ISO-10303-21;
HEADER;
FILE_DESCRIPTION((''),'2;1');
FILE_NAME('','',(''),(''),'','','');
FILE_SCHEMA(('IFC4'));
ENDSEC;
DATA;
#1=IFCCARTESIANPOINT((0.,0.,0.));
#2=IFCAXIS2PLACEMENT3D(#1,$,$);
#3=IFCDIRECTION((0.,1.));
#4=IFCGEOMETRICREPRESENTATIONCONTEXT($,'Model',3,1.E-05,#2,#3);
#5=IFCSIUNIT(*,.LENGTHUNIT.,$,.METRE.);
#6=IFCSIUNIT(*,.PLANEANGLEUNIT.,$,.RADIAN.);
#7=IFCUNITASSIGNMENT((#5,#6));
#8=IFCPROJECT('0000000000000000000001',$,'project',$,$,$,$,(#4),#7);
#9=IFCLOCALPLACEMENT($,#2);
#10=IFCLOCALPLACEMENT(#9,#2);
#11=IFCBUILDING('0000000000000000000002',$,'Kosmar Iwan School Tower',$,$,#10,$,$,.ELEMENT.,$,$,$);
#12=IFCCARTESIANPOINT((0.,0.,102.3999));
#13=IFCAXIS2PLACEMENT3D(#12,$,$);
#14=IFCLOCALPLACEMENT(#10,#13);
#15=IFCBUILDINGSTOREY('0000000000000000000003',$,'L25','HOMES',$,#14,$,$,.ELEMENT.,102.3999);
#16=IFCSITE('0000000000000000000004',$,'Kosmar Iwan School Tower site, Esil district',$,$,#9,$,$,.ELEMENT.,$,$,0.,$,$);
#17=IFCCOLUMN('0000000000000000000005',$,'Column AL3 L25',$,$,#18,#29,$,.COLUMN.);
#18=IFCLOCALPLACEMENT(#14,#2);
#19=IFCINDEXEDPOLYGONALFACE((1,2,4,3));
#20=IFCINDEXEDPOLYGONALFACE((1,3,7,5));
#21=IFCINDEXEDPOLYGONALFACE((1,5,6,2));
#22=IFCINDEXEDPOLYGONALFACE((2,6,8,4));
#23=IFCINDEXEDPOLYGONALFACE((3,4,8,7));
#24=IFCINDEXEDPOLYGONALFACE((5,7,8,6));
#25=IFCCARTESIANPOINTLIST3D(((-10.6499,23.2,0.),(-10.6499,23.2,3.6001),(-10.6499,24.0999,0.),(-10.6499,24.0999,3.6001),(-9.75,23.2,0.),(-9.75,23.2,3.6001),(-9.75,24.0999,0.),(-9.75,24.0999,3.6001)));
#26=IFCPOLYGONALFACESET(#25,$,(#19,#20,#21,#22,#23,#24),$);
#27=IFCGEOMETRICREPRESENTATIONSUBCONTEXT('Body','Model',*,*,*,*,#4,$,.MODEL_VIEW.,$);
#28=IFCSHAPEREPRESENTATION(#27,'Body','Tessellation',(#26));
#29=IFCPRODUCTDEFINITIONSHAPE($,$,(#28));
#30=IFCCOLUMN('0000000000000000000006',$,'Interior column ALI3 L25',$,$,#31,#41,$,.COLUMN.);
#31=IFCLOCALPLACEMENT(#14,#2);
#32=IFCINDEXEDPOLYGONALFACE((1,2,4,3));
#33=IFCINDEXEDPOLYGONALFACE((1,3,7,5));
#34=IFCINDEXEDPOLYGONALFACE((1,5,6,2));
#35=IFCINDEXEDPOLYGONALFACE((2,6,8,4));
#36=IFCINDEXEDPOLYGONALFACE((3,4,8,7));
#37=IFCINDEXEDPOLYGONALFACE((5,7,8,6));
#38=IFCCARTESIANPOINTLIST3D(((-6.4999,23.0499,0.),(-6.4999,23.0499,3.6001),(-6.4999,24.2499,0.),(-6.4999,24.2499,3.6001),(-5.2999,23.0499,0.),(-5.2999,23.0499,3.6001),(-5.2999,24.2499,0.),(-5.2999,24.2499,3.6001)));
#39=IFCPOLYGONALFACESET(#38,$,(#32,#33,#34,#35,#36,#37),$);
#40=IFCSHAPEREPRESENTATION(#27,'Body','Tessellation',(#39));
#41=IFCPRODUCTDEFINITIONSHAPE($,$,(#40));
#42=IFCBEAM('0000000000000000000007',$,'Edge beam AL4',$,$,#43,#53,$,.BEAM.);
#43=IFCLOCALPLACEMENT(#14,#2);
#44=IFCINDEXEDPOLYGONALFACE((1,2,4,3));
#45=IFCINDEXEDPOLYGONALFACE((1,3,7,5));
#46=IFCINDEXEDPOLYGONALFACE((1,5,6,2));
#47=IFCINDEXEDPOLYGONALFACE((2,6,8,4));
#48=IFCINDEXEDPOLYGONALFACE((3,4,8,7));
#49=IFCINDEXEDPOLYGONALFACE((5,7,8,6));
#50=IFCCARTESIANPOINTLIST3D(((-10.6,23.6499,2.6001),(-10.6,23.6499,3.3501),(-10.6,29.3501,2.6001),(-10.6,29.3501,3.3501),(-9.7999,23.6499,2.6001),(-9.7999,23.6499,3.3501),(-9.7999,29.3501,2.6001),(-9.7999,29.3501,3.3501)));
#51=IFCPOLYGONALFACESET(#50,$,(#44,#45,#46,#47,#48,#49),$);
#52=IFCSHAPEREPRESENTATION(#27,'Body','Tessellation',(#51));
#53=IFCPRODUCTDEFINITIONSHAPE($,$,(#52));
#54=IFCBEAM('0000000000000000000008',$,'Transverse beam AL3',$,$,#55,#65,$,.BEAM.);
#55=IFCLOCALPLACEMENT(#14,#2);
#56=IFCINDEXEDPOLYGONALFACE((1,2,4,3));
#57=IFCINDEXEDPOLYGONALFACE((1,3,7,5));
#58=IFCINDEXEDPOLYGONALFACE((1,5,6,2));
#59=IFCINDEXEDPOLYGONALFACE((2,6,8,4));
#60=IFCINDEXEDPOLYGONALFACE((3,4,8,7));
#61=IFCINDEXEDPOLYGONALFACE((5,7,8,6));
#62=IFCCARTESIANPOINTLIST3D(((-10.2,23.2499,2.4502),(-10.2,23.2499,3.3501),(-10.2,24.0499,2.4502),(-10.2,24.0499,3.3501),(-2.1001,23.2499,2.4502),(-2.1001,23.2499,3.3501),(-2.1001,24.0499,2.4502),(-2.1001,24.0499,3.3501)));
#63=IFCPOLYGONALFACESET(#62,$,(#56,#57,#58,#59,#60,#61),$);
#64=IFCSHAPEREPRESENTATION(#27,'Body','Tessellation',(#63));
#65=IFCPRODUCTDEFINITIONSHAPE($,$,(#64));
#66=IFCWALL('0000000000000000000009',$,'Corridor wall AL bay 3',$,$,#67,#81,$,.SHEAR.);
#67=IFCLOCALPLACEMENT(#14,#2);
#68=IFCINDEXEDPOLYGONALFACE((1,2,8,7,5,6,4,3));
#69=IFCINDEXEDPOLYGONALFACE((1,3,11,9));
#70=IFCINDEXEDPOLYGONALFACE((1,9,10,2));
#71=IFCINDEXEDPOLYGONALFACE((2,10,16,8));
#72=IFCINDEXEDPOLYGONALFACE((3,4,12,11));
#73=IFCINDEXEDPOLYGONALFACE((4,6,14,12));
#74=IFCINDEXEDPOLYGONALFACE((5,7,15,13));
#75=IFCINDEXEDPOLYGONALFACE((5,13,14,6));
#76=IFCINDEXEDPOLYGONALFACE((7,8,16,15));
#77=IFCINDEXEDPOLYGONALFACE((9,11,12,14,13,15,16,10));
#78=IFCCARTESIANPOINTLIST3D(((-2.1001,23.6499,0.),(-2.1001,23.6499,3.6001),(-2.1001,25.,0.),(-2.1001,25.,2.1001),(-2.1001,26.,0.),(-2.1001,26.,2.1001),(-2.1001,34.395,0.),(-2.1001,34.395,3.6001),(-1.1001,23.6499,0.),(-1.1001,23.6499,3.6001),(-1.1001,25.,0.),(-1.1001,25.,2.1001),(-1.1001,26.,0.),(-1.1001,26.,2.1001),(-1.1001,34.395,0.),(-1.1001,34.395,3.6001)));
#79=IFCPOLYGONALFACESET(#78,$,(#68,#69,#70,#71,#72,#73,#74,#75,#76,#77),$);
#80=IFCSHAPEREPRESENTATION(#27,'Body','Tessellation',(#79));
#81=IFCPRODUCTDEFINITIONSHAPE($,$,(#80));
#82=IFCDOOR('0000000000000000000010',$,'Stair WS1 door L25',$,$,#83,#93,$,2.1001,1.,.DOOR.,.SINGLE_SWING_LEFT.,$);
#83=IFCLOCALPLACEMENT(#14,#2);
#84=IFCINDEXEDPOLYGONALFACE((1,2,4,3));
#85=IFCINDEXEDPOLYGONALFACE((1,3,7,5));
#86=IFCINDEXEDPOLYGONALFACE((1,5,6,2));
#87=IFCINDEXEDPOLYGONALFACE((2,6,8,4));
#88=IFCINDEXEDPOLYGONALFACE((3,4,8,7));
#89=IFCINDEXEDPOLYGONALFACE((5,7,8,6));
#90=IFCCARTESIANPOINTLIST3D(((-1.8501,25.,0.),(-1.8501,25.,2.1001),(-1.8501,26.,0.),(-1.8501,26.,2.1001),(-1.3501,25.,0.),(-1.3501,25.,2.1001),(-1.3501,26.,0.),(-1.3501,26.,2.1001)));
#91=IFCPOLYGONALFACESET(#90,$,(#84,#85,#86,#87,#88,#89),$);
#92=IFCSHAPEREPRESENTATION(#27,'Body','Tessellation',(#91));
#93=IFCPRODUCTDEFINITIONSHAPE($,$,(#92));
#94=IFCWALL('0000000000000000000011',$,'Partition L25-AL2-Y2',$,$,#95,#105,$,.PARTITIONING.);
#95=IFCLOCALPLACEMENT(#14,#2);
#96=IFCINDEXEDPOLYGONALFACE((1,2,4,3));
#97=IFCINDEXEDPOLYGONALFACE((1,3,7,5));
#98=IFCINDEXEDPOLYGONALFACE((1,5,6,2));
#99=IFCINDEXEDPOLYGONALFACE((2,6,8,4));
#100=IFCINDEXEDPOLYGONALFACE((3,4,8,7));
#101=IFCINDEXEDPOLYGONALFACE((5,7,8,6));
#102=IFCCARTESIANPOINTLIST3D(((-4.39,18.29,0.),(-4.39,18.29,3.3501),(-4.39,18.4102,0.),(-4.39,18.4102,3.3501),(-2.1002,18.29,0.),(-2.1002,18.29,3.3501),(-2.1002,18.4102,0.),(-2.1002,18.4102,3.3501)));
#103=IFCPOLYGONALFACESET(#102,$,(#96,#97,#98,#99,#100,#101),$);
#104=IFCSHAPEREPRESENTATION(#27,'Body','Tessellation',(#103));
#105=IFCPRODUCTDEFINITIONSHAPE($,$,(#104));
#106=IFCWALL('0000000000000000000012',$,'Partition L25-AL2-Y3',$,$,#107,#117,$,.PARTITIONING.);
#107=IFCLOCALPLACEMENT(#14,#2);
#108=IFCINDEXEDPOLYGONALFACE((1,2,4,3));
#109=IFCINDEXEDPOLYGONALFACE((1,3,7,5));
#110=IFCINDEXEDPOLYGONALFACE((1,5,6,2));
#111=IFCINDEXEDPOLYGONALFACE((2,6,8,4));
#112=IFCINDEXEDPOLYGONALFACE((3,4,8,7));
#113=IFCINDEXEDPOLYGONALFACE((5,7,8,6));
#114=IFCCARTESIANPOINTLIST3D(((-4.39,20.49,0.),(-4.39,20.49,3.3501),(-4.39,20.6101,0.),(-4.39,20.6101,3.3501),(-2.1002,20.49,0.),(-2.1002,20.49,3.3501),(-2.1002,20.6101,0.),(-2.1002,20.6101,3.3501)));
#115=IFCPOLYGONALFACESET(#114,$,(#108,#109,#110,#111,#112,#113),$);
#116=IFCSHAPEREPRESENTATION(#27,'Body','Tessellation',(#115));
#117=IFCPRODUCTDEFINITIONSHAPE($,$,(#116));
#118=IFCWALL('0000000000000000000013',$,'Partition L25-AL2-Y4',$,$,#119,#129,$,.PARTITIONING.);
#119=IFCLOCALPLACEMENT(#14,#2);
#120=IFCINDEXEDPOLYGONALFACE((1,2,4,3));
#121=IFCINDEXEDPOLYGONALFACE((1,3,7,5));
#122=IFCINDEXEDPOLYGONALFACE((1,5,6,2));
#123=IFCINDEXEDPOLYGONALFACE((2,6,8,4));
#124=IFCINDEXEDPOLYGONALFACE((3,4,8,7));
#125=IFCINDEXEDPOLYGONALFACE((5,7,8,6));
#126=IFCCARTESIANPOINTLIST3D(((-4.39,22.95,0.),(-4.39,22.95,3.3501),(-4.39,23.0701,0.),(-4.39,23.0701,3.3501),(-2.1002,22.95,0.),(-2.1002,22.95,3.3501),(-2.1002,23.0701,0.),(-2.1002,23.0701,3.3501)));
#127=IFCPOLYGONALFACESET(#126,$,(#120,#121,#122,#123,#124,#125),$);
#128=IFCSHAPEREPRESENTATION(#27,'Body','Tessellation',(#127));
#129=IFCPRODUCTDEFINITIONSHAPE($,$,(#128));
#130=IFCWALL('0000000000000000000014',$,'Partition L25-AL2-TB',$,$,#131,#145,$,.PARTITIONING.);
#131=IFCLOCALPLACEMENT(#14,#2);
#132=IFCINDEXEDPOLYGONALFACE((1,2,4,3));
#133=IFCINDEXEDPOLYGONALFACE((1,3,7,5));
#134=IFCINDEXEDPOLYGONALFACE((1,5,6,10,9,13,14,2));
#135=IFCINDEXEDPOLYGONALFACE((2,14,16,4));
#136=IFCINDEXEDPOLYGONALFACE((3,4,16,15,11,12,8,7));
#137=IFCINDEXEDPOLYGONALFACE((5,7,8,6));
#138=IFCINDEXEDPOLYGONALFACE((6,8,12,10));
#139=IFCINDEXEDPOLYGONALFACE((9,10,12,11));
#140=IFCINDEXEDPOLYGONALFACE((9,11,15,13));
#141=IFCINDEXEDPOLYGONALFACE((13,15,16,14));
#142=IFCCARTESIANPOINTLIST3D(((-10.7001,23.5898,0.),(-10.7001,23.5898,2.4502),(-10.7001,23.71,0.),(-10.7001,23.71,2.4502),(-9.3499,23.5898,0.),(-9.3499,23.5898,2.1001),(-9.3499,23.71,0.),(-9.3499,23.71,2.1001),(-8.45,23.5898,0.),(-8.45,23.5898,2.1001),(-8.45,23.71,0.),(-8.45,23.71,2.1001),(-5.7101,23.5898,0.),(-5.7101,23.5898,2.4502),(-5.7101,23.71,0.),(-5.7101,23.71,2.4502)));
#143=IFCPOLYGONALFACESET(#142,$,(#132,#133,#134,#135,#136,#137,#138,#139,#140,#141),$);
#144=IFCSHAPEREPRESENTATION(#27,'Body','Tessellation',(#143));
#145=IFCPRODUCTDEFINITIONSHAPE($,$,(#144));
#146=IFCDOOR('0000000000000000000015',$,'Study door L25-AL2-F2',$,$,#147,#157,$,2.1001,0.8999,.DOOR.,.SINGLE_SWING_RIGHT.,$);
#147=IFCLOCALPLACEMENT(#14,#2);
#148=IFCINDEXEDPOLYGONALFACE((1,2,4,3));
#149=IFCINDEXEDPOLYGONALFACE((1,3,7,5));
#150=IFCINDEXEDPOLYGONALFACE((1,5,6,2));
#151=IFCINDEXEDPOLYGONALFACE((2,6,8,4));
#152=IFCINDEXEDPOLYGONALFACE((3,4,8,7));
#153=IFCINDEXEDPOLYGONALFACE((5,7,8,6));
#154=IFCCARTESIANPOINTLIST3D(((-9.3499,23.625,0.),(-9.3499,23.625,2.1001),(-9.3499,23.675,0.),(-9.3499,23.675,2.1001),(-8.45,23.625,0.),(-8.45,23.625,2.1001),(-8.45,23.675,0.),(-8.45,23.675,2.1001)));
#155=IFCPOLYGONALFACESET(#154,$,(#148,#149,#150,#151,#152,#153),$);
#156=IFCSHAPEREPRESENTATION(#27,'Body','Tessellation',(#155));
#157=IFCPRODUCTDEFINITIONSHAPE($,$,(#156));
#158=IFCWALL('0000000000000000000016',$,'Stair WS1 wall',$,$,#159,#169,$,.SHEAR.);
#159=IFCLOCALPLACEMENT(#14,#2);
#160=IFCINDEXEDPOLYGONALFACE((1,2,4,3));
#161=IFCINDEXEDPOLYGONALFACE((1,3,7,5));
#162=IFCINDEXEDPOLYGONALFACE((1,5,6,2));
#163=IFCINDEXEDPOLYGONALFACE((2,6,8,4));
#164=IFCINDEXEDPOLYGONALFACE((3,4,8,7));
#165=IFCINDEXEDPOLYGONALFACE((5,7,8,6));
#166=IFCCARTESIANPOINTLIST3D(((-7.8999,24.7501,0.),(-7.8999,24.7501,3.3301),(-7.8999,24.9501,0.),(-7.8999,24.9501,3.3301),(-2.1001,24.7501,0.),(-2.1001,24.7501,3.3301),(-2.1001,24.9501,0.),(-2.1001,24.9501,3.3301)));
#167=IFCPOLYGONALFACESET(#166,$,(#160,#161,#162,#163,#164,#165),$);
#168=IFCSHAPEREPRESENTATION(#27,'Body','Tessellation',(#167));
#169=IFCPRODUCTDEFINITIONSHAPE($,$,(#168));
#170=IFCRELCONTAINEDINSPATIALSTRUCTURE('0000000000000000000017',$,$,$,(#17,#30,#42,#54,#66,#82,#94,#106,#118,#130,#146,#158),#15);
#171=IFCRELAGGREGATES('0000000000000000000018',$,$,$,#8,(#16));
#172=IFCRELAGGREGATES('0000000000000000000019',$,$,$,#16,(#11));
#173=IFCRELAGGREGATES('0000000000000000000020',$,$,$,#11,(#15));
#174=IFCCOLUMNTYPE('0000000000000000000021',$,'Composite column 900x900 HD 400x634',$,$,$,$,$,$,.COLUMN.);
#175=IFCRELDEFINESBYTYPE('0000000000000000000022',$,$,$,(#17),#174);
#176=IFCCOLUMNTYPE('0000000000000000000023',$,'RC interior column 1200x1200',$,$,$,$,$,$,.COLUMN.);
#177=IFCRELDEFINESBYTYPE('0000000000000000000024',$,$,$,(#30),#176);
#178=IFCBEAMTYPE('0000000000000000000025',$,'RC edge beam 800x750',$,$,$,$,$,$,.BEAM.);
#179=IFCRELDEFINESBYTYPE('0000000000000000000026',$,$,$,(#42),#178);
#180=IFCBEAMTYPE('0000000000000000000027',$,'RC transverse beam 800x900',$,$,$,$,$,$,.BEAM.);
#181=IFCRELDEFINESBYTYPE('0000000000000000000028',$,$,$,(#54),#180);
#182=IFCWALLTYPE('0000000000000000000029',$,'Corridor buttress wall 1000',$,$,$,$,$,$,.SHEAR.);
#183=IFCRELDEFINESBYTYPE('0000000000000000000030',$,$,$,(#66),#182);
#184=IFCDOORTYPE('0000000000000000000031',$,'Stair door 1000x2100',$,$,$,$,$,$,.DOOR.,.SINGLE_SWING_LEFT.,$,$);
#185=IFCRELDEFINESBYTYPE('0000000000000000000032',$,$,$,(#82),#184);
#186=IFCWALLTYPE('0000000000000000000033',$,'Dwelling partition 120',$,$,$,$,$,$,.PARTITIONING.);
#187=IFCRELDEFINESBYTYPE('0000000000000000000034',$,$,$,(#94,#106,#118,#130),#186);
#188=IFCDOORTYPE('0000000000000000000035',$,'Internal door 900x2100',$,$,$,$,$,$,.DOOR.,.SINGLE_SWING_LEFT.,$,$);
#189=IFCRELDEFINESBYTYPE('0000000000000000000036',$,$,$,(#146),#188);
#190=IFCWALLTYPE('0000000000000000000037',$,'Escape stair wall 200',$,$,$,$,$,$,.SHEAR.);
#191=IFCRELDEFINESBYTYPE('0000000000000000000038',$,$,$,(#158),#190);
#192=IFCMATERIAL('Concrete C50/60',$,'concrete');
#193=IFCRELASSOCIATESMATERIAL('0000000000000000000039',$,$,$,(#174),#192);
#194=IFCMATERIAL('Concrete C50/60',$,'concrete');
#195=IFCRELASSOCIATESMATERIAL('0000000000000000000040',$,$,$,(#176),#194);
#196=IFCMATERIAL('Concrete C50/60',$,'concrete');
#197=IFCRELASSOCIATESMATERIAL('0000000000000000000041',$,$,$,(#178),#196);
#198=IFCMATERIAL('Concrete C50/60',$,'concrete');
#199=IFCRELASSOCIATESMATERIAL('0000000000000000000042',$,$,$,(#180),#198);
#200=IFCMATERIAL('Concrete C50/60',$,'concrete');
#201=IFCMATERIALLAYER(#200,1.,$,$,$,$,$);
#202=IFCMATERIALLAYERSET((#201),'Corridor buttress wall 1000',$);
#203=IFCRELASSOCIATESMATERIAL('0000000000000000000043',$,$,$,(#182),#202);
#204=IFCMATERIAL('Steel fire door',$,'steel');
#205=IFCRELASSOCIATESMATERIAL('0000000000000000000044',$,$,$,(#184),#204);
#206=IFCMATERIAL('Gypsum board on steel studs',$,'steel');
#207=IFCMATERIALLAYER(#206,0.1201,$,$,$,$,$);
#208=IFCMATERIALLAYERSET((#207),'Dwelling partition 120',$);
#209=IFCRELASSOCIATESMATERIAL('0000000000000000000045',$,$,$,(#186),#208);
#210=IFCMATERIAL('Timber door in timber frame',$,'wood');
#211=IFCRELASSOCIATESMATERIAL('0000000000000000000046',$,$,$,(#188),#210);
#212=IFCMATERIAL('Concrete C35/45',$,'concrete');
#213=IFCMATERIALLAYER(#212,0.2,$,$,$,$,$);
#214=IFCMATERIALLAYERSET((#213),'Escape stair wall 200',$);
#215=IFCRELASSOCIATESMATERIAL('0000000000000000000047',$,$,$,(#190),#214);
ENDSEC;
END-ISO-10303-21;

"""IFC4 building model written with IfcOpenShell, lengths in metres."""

from ifc_helpers import new_model, si_unit, direction, frame, frame_2d, origin, origin_2d, place, context, subcontext, project, spatial, rectangle, extrude, material, layer, layer_set, material_profile, profile_set, type_object, element, fill, save


model = new_model("IFC4")

# Units and contexts
model_context = context("Model", 3, precision=1e-05, world=origin(), true_north=direction((0.0, 1.0)))
body_context = subcontext(model_context, "Body", "Model", "MODEL_VIEW")
ifc_project = project(units=[si_unit("LENGTHUNIT", "METRE"), si_unit("PLANEANGLEUNIT", "RADIAN")], contexts=[model_context])

# Site, building, storey
site_placement = place(None, origin())
site = spatial("IfcSite", under=ifc_project, at=site_placement, Name="Kosmar Iwan School Tower site, Esil district", CompositionType="ELEMENT", RefElevation=0.0)
building_placement = place(site_placement, origin())
building = spatial("IfcBuilding", under=site, at=building_placement, Name="Kosmar Iwan School Tower", CompositionType="ELEMENT")
storey_placement = place(building_placement, frame((0.0, 0.0, 102.3999)))
storey = spatial("IfcBuildingStorey", under=building, at=storey_placement, Name="L25", Description="HOMES", CompositionType="ELEMENT", Elevation=102.3999)

# Columns
ifc_material_1 = material(Name="Concrete C50/60", Category="concrete")
ifc_material_profile_1 = material_profile(ifc_material_1, rectangle(XDim=0.8999, YDim=0.8999, at=origin_2d()), Name="RC 900x900 + HD 400x634")
ifc_profile_set_1 = profile_set([ifc_material_profile_1], Name="Concrete C50/60")
column_type_1 = type_object("IfcColumnType", Name="Composite column 900x900 HD 400x634", PredefinedType="COLUMN", material=ifc_profile_set_1)
column_1_placement = place(storey_placement, frame((-10.2, 23.6499, 0.0), z_axis=(0.0, 0.0, 1.0), x_axis=(0.0, 1.0, 0.0)))
element("IfcColumn", 1, at=column_1_placement, inside=storey, type_object=column_type_1, Name="Column AL3 L25", PredefinedType="COLUMN", context=body_context, shape_type="SweptSolid", body=[
    extrude(rectangle(XDim=0.8999, YDim=0.8999, at=origin_2d()), origin(), (0.0, 0.0, 1.0), 3.6001),
])
ifc_material_2 = material(Name="Concrete C50/60", Category="concrete")
ifc_material_profile_2 = material_profile(ifc_material_2, rectangle(XDim=1.2, YDim=1.2, at=origin_2d()), Name="RC 1200x1200")
ifc_profile_set_2 = profile_set([ifc_material_profile_2], Name="Concrete C50/60")
column_type_2 = type_object("IfcColumnType", Name="RC interior column 1200x1200", PredefinedType="COLUMN", material=ifc_profile_set_2)
column_2_placement = place(storey_placement, frame((-5.8999, 23.6499, 0.0), z_axis=(0.0, 0.0, 1.0), x_axis=(0.0, 1.0, 0.0)))
element("IfcColumn", 2, at=column_2_placement, inside=storey, type_object=column_type_2, Name="Interior column ALI3 L25", PredefinedType="COLUMN", context=body_context, shape_type="SweptSolid", body=[
    extrude(rectangle(XDim=1.2, YDim=1.2, at=origin_2d()), origin(), (0.0, 0.0, 1.0), 3.6001),
])

# Beams
ifc_material_3 = material(Name="Concrete C50/60", Category="concrete")
ifc_material_profile_3 = material_profile(ifc_material_3, rectangle(XDim=0.8, YDim=0.75, at=origin_2d()), Name="RC 800x750")
ifc_profile_set_3 = profile_set([ifc_material_profile_3], Name="Concrete C50/60")
beam_type_1 = type_object("IfcBeamType", Name="RC edge beam 800x750", PredefinedType="BEAM", material=ifc_profile_set_3)
beam_1_placement = place(storey_placement, frame((-10.2, 23.6499, 2.9751), z_axis=(0.0, 1.0, 0.0), x_axis=(-1.0, 0.0, 0.0)))
element("IfcBeam", 3, at=beam_1_placement, inside=storey, type_object=beam_type_1, Name="Edge beam AL4", PredefinedType="BEAM", context=body_context, shape_type="SweptSolid", body=[
    extrude(rectangle(XDim=0.8, YDim=0.75, at=origin_2d()), origin(), (0.0, 0.0, 1.0), 5.7002),
])
ifc_material_4 = material(Name="Concrete C50/60", Category="concrete")
ifc_material_profile_4 = material_profile(ifc_material_4, rectangle(XDim=0.8, YDim=0.8999, at=origin_2d()), Name="RC 800x900")
ifc_profile_set_4 = profile_set([ifc_material_profile_4], Name="Concrete C50/60")
beam_type_2 = type_object("IfcBeamType", Name="RC transverse beam 800x900", PredefinedType="BEAM", material=ifc_profile_set_4)
beam_2_placement = place(storey_placement, frame((-10.2, 23.6499, 2.9001), z_axis=(1.0, 0.0, 0.0), x_axis=(0.0, 1.0, 0.0)))
element("IfcBeam", 4, at=beam_2_placement, inside=storey, type_object=beam_type_2, Name="Transverse beam AL3", PredefinedType="BEAM", context=body_context, shape_type="SweptSolid", body=[
    extrude(rectangle(XDim=0.8, YDim=0.8999, at=origin_2d()), origin(), (0.0, 0.0, 1.0), 8.0999),
])

# Wall, opening, door
ifc_material_5 = material(Name="Concrete C50/60", Category="concrete")
ifc_layer_1 = layer(ifc_material_5, 1.0)
ifc_layer_set_1 = layer_set([ifc_layer_1], Name="Corridor buttress wall 1000")
wall_type_1 = type_object("IfcWallType", Name="Corridor buttress wall 1000", PredefinedType="SHEAR", material=ifc_layer_set_1)
wall_1_placement = place(storey_placement, frame((-1.6001, 23.6499, 0.0), z_axis=(0.0, 0.0, 1.0), x_axis=(0.0, 1.0, 0.0)))
wall_1 = element("IfcWall", 5, at=wall_1_placement, inside=storey, type_object=wall_type_1, Name="Corridor wall AL bay 3", PredefinedType="SHEAR", context=body_context, shape_type="SweptSolid", body=[
    extrude(rectangle(XDim=10.7451, YDim=1.0, at=frame_2d((5.3726, 0.0))), origin(), (0.0, 0.0, 1.0), 3.6001),
])
opening_1_placement = place(wall_1_placement, frame((1.3501, 0.0, 0.0)))
opening_1 = element("IfcOpeningElement", 6, at=opening_1_placement, cuts=wall_1, PredefinedType="OPENING", context=body_context, shape_type="SweptSolid", body=[
    extrude(rectangle(XDim=1.0, YDim=2.1001, at=frame_2d((0.5, 1.05))), frame((0.0, 0.512, 0.0), z_axis=(0.0, -1.0, 0.0), x_axis=(1.0, 0.0, 0.0)), (0.0, 0.0, 1.0), 1.0239),
])
ifc_material_6 = material(Name="Steel fire door", Category="steel")
door_type_1 = type_object("IfcDoorType", Name="Stair door 1000x2100", OperationType="SINGLE_SWING_LEFT", PredefinedType="DOOR", material=ifc_material_6)
door_1_placement = place(opening_1_placement, origin())
door_1 = element("IfcDoor", 7, at=door_1_placement, inside=storey, type_object=door_type_1, Name="Stair WS1 door L25", OperationType="SINGLE_SWING_LEFT", OverallHeight=2.1001, OverallWidth=1.0, PredefinedType="DOOR", context=body_context, shape_type="SweptSolid", body=[
    extrude(rectangle(XDim=1.0, YDim=2.1001, at=frame_2d((0.5, 1.05))), frame((0.0, 0.25, 0.0), z_axis=(0.0, -1.0, 0.0), x_axis=(1.0, 0.0, 0.0)), (0.0, 0.0, 1.0), 0.5),
])
fill(opening_1, door_1)

# Walls
ifc_material_7 = material(Name="Gypsum board on steel studs", Category="steel")
ifc_layer_2 = layer(ifc_material_7, 0.1201)
ifc_layer_set_2 = layer_set([ifc_layer_2], Name="Dwelling partition 120")
wall_type_2 = type_object("IfcWallType", Name="Dwelling partition 120", PredefinedType="PARTITIONING", material=ifc_layer_set_2)
for number, where, z_axis, x_axis, name in (
    (8, (-2.1001, 18.3501, 0.0), (0.0, 0.0, 1.0), (-1.0, 0.0, 0.0), "Partition L25-AL2-Y2"),
    (9, (-2.1001, 20.55, 0.0), (0.0, 0.0, 1.0), (-1.0, 0.0, 0.0), "Partition L25-AL2-Y3"),
    (10, (-2.1001, 23.01, 0.0), (0.0, 0.0, 1.0), (-1.0, 0.0, 0.0), "Partition L25-AL2-Y4"),
):
    element("IfcWall", number, at=place(storey_placement, frame(where, z_axis=z_axis, x_axis=x_axis)), inside=storey, type_object=wall_type_2, Name=name, PredefinedType="PARTITIONING", context=body_context, shape_type="SweptSolid", body=[
        extrude(rectangle(XDim=2.2898, YDim=0.1201, at=frame_2d((1.145, 0.0))), origin(), (0.0, 0.0, 1.0), 3.3501),
    ])

# Wall, opening, door
wall_2_placement = place(storey_placement, frame((-5.71, 23.6499, 0.0), z_axis=(0.0, 0.0, 1.0), x_axis=(-1.0, 0.0, 0.0)))
wall_2 = element("IfcWall", 11, at=wall_2_placement, inside=storey, type_object=wall_type_2, Name="Partition L25-AL2-TB", PredefinedType="PARTITIONING", context=body_context, shape_type="SweptSolid", body=[
    extrude(rectangle(XDim=4.99, YDim=0.1201, at=frame_2d((2.4951, 0.0))), origin(), (0.0, 0.0, 1.0), 2.4502),
])
opening_2_placement = place(wall_2_placement, frame((2.74, 0.0, 0.0)))
opening_2 = element("IfcOpeningElement", 12, at=opening_2_placement, cuts=wall_2, PredefinedType="OPENING", context=body_context, shape_type="SweptSolid", body=[
    extrude(rectangle(XDim=0.8999, YDim=2.1001, at=frame_2d((0.45, 1.05))), frame((0.0, 0.072, 0.0), z_axis=(0.0, -1.0, 0.0), x_axis=(1.0, 0.0, 0.0)), (0.0, 0.0, 1.0), 0.144),
])
ifc_material_8 = material(Name="Timber door in timber frame", Category="wood")
door_type_2 = type_object("IfcDoorType", Name="Internal door 900x2100", OperationType="SINGLE_SWING_LEFT", PredefinedType="DOOR", material=ifc_material_8)
door_2_placement = place(opening_2_placement, origin())
door_2 = element("IfcDoor", 13, at=door_2_placement, inside=storey, type_object=door_type_2, Name="Study door L25-AL2-F2", OperationType="SINGLE_SWING_RIGHT", OverallHeight=2.1001, OverallWidth=0.8999, PredefinedType="DOOR", context=body_context, shape_type="SweptSolid", body=[
    extrude(rectangle(XDim=0.8999, YDim=2.1001, at=frame_2d((0.45, 1.05))), frame((0.0, 0.0249, 0.0), z_axis=(0.0, -1.0, 0.0), x_axis=(1.0, 0.0, 0.0)), (0.0, 0.0, 1.0), 0.05),
])
fill(opening_2, door_2)

# Wall
ifc_material_9 = material(Name="Concrete C35/45", Category="concrete")
ifc_layer_3 = layer(ifc_material_9, 0.2)
ifc_layer_set_3 = layer_set([ifc_layer_3], Name="Escape stair wall 200")
wall_type_3 = type_object("IfcWallType", Name="Escape stair wall 200", PredefinedType="SHEAR", material=ifc_layer_set_3)
wall_3_placement = place(storey_placement, frame((-2.1001, 24.8501, 0.0), z_axis=(0.0, 0.0, 1.0), x_axis=(-1.0, 0.0, 0.0)))
element("IfcWall", 14, at=wall_3_placement, inside=storey, type_object=wall_type_3, Name="Stair WS1 wall", PredefinedType="SHEAR", context=body_context, shape_type="SweptSolid", body=[
    extrude(rectangle(XDim=5.7998, YDim=0.2, at=frame_2d((2.8999, 0.0))), origin(), (0.0, 0.0, 1.0), 3.3301),
])

save(model, "model.ifc")
